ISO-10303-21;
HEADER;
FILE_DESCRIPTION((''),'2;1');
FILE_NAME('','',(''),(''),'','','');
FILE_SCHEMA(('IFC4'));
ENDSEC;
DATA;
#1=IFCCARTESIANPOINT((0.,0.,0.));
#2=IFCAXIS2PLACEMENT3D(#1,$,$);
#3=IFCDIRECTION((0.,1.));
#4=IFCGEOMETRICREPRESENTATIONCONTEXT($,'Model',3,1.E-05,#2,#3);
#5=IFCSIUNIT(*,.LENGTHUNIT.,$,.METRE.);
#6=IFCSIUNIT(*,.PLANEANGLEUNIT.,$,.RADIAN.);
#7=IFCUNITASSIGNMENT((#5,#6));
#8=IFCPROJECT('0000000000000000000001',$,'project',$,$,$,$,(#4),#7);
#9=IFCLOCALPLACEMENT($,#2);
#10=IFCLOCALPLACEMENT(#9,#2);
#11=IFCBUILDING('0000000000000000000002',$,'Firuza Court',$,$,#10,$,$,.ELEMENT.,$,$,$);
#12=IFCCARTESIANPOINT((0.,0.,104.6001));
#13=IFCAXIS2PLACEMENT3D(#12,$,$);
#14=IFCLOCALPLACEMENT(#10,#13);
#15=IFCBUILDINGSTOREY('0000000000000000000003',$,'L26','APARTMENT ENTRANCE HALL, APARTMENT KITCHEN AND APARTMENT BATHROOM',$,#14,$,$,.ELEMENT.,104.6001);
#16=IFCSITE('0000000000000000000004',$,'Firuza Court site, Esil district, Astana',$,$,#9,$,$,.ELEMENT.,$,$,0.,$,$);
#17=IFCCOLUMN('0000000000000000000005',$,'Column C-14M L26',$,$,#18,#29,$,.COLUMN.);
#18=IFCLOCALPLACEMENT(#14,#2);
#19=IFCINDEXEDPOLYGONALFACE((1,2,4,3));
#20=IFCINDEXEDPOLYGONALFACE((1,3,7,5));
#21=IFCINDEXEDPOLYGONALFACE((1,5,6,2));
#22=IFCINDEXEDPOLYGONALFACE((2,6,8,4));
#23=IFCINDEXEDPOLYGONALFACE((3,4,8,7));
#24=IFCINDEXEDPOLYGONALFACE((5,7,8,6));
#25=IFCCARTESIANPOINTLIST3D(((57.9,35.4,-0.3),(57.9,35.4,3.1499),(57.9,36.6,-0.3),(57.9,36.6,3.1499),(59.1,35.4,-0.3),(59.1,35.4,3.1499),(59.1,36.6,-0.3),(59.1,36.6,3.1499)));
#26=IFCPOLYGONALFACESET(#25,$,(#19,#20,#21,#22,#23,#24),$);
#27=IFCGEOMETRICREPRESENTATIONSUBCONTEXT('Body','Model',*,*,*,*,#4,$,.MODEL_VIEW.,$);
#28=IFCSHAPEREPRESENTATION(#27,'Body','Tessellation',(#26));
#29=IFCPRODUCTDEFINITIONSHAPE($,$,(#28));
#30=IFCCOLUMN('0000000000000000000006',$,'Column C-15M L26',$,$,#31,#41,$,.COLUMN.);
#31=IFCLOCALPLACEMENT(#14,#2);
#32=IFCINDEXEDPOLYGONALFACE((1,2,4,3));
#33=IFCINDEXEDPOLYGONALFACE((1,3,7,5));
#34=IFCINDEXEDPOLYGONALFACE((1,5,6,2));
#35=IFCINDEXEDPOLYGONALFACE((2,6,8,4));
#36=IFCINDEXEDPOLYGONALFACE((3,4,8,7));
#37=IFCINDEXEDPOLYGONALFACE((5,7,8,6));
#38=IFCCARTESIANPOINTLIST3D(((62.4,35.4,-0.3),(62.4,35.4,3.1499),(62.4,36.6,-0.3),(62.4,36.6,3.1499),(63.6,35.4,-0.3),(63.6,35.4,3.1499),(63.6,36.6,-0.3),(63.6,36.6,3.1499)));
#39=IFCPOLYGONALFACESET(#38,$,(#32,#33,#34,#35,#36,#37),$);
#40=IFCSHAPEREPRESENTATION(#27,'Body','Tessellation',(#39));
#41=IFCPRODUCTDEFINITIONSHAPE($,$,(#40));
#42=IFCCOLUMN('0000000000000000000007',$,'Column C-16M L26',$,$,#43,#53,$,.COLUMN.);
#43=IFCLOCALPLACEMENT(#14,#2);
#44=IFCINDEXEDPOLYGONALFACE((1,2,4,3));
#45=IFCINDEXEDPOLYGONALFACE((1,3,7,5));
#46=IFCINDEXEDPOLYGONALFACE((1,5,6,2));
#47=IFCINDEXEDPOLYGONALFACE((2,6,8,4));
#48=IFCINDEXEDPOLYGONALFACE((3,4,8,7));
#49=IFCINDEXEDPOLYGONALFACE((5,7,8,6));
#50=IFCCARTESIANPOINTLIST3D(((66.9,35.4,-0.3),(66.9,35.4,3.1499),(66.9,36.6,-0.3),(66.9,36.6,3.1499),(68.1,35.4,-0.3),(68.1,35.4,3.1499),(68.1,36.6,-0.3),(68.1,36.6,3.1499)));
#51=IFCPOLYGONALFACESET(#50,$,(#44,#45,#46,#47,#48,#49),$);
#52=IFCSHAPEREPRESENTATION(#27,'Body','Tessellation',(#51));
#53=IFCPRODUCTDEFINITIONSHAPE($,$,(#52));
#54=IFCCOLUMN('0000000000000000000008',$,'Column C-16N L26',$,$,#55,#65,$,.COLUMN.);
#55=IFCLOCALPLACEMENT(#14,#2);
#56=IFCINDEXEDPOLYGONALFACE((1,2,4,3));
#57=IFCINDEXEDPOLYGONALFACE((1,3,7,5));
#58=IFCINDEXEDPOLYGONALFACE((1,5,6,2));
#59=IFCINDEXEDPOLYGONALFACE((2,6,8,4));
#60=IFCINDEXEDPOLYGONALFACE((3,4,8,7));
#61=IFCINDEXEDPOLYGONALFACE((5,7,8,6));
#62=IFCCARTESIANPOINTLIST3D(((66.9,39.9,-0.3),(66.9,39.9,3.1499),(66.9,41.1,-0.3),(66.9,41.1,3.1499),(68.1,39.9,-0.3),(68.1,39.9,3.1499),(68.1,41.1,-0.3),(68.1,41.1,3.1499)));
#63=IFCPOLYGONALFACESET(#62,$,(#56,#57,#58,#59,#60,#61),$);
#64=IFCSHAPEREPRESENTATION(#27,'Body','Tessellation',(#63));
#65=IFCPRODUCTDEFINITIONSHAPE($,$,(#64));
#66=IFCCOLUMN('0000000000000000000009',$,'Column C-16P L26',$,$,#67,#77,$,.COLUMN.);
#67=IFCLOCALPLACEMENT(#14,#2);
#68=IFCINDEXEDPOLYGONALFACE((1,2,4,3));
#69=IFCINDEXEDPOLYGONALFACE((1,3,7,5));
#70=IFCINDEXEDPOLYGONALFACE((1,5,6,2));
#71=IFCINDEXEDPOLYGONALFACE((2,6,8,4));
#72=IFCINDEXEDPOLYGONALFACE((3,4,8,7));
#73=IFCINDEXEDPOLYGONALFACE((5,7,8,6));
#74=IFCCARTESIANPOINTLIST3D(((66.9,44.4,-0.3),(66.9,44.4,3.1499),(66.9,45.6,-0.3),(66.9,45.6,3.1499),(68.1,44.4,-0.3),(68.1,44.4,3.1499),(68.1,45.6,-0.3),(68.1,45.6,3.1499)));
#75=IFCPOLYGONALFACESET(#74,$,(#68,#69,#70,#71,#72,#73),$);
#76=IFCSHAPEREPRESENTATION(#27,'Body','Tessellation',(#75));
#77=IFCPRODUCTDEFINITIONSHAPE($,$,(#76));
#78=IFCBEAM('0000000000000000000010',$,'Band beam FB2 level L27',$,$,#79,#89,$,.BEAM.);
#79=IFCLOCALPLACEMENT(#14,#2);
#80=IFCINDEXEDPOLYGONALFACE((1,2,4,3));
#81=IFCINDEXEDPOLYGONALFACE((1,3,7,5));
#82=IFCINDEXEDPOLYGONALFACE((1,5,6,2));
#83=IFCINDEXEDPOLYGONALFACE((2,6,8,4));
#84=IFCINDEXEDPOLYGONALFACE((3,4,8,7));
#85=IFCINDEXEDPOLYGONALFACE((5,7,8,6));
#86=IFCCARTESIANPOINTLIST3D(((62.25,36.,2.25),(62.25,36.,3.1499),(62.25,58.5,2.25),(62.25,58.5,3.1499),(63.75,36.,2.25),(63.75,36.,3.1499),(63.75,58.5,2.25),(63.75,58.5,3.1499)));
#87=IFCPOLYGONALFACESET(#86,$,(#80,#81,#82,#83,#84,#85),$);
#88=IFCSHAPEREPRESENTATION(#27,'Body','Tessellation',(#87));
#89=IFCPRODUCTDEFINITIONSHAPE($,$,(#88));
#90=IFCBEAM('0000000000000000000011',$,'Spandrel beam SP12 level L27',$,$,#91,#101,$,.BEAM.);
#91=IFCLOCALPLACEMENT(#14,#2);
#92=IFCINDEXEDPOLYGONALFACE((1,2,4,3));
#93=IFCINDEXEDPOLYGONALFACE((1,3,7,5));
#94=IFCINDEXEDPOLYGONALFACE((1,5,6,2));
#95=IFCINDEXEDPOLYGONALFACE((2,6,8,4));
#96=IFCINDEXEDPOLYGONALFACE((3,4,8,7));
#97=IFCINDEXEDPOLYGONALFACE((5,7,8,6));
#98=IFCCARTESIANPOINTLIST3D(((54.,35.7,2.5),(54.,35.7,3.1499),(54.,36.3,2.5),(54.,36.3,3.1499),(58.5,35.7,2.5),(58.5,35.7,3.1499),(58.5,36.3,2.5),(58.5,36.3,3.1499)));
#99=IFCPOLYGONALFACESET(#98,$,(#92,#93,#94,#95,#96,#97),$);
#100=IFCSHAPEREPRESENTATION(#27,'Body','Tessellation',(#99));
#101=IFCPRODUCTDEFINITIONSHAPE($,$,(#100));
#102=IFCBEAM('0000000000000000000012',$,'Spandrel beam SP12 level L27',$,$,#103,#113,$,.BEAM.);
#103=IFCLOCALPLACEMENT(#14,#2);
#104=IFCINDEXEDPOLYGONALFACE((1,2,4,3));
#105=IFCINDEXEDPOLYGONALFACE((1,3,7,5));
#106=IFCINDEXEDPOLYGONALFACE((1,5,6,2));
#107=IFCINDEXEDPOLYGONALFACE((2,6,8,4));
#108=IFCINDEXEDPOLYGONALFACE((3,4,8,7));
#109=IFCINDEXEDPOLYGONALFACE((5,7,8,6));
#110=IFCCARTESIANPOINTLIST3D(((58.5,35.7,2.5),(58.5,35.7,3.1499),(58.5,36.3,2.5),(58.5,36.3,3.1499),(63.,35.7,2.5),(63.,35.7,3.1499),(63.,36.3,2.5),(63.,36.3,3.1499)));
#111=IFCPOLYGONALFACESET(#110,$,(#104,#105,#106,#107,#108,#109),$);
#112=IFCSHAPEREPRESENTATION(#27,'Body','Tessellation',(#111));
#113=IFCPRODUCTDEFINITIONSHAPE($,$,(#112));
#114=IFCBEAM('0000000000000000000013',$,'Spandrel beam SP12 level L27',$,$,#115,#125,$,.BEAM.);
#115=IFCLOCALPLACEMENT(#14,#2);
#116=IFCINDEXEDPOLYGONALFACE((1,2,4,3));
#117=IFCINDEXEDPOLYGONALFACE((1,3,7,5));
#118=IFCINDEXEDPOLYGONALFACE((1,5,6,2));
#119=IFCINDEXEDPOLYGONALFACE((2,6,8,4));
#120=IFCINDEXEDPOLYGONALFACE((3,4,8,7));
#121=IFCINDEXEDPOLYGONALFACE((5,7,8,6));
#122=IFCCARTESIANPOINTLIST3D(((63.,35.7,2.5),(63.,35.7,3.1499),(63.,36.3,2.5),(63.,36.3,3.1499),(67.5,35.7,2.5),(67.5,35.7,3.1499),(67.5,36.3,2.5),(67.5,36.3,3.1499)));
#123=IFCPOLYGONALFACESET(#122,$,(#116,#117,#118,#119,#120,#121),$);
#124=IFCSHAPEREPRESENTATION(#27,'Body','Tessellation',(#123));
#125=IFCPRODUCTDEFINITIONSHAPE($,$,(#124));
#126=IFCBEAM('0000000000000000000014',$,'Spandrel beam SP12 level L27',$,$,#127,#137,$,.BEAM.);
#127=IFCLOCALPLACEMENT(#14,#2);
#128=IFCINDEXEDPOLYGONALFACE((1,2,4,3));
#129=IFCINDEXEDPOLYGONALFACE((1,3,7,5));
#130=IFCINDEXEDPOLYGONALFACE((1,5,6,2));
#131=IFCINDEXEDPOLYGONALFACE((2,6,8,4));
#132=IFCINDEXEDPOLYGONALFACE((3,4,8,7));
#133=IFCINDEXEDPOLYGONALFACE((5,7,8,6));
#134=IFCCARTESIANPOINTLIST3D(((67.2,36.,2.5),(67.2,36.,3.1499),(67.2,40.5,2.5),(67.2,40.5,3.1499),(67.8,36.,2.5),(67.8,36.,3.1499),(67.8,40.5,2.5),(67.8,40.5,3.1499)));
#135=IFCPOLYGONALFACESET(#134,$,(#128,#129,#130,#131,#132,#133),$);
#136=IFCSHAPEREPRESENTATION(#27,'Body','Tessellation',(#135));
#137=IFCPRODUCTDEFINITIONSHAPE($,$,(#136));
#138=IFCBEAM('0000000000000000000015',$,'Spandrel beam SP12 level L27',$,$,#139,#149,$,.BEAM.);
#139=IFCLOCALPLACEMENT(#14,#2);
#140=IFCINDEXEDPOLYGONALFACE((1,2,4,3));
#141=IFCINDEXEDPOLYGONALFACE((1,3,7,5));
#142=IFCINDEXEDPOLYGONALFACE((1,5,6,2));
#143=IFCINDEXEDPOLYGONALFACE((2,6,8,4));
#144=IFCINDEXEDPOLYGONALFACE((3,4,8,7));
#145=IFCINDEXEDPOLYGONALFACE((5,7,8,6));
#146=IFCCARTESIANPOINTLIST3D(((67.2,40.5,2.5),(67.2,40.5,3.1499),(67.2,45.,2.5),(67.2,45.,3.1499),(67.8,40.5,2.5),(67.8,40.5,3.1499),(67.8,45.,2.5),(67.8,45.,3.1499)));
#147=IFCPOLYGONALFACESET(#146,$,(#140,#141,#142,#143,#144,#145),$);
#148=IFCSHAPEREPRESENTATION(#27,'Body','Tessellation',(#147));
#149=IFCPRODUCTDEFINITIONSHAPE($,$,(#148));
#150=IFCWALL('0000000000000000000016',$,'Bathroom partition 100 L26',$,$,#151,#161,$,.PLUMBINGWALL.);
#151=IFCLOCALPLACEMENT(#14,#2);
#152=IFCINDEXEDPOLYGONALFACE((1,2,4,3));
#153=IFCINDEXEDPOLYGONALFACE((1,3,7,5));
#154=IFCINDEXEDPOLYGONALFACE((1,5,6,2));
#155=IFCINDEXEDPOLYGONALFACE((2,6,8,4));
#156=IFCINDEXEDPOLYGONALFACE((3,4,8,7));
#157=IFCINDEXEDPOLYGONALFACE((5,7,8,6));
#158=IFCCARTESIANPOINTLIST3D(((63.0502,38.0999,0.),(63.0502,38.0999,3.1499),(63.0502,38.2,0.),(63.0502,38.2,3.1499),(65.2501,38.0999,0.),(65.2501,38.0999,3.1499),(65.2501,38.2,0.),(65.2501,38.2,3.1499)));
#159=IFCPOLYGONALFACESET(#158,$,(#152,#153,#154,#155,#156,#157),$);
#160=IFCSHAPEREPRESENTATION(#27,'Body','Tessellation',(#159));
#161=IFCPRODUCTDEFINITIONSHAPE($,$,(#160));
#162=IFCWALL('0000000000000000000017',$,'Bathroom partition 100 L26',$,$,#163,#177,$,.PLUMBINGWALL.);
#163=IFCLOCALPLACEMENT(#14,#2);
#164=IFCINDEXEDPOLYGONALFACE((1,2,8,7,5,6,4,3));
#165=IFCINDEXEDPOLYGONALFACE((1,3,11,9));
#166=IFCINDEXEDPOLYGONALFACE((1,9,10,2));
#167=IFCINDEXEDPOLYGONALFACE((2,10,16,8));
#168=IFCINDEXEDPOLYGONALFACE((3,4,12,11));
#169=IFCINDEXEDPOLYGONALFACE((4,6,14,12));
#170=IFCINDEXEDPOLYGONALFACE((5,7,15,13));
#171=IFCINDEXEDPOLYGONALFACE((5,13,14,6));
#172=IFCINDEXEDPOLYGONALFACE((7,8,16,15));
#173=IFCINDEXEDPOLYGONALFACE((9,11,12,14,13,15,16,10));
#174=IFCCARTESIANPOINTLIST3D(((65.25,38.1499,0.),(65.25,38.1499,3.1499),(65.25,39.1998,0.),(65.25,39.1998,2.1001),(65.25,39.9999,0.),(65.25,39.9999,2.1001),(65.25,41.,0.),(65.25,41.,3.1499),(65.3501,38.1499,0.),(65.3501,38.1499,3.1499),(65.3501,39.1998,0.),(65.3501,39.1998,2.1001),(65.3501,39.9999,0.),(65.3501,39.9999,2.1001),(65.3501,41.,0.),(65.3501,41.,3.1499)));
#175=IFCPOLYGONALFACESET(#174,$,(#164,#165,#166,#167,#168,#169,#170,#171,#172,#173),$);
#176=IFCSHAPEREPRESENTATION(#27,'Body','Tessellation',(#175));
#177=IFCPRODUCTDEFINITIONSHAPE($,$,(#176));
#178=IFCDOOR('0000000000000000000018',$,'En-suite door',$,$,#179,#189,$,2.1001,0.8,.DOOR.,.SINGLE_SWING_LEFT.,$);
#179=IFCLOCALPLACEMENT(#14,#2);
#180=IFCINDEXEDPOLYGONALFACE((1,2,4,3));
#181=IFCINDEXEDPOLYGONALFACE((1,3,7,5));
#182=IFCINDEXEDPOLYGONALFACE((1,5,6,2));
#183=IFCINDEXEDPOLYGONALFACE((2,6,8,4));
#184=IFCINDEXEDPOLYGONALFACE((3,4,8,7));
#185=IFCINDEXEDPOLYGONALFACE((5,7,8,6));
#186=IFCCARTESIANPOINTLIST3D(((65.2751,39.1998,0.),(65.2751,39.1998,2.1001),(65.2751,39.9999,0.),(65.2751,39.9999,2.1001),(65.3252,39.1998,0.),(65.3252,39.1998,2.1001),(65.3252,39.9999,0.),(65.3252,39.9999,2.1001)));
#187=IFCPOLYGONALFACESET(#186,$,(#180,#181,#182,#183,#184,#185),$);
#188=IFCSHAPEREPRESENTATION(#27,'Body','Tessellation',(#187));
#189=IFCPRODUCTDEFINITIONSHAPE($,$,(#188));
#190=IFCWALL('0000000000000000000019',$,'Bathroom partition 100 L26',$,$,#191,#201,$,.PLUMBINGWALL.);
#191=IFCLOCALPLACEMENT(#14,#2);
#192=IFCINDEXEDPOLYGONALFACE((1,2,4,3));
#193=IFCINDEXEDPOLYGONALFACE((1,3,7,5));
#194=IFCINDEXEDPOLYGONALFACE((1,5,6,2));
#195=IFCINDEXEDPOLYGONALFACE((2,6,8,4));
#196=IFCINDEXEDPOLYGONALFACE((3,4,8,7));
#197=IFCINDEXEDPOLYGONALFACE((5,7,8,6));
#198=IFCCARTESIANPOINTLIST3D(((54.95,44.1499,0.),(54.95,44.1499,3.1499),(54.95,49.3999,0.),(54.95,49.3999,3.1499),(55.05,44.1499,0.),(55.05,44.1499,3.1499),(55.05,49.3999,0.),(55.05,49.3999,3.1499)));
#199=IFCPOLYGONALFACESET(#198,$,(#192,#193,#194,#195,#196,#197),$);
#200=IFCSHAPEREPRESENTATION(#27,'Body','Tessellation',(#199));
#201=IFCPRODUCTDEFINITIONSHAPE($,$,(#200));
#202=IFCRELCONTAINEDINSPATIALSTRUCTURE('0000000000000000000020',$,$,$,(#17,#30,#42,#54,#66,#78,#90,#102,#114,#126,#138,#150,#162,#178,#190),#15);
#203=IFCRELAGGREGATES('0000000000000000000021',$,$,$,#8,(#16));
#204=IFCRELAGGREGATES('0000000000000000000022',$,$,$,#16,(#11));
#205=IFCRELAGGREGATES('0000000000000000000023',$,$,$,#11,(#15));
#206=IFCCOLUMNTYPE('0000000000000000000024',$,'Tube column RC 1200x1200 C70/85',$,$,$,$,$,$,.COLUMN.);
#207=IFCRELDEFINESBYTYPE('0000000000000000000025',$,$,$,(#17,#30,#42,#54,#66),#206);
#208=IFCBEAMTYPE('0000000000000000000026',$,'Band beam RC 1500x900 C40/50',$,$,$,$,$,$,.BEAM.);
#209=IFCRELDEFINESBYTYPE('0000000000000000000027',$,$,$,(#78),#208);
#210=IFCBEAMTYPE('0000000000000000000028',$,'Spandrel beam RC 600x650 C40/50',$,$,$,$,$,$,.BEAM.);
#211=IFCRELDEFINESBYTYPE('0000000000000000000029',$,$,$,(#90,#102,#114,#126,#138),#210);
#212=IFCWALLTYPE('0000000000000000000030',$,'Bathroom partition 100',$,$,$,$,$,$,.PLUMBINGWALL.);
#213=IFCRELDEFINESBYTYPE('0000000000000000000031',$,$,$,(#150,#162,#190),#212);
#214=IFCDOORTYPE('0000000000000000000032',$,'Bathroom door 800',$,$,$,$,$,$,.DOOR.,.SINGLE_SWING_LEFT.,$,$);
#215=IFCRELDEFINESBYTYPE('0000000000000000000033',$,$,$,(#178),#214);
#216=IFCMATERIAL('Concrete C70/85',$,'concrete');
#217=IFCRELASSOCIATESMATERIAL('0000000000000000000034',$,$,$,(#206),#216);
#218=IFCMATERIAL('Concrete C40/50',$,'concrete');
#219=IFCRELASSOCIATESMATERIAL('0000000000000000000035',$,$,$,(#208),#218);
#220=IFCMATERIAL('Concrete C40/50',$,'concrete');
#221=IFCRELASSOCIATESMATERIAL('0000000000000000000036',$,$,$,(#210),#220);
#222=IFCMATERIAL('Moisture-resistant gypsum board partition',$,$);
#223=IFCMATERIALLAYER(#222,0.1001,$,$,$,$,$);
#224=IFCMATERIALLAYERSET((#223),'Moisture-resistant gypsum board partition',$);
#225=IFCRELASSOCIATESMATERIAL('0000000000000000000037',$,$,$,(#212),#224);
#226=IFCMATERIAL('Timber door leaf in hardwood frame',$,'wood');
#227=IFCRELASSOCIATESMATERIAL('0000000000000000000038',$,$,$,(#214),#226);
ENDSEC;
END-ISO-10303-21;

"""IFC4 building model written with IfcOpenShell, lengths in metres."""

from ifc_helpers import new_model, si_unit, direction, frame, frame_2d, origin, origin_2d, place, context, subcontext, project, spatial, rectangle, extrude, material, layer, layer_set, material_profile, profile_set, type_object, element, fill, save


model = new_model("IFC4")

# Units and contexts
model_context = context("Model", 3, precision=1e-05, world=origin(), true_north=direction((0.0, 1.0)))
body_context = subcontext(model_context, "Body", "Model", "MODEL_VIEW")
ifc_project = project(units=[si_unit("LENGTHUNIT", "METRE"), si_unit("PLANEANGLEUNIT", "RADIAN")], contexts=[model_context])

# Site, building, storey
site_placement = place(None, origin())
site = spatial("IfcSite", under=ifc_project, at=site_placement, Name="Firuza Court site, Esil district, Astana", CompositionType="ELEMENT", RefElevation=0.0)
building_placement = place(site_placement, origin())
building = spatial("IfcBuilding", under=site, at=building_placement, Name="Firuza Court", CompositionType="ELEMENT")
storey_placement = place(building_placement, frame((0.0, 0.0, 104.6001)))
storey = spatial("IfcBuildingStorey", under=building, at=storey_placement, Name="L26", Description="APARTMENT ENTRANCE HALL, APARTMENT KITCHEN AND APARTMENT BATHROOM", CompositionType="ELEMENT", Elevation=104.6001)

# Columns
ifc_material_1 = material(Name="Concrete C70/85", Category="concrete")
ifc_material_profile_1 = material_profile(ifc_material_1, rectangle(XDim=1.2, YDim=1.2, at=origin_2d()), Name="RC 1200x1200")
ifc_profile_set_1 = profile_set([ifc_material_profile_1], Name="Concrete C70/85")
column_type = type_object("IfcColumnType", Name="Tube column RC 1200x1200 C70/85", PredefinedType="COLUMN", material=ifc_profile_set_1)
for number, where, z_axis, x_axis, name in (
    (1, (58.5, 36.0, -0.3), (0.0, 0.0, 1.0), (1.0, 0.0, 0.0), "Column C-14M L26"),
    (2, (63.0, 36.0, -0.3), (0.0, 0.0, 1.0), (1.0, 0.0, 0.0), "Column C-15M L26"),
    (3, (67.5, 36.0, -0.3), (0.0, 0.0, 1.0), (1.0, 0.0, 0.0), "Column C-16M L26"),
    (4, (67.5, 40.5, -0.3), (0.0, 0.0, 1.0), (1.0, 0.0, 0.0), "Column C-16N L26"),
    (5, (67.5, 45.0, -0.3), (0.0, 0.0, 1.0), (1.0, 0.0, 0.0), "Column C-16P L26"),
):
    element("IfcColumn", number, at=place(storey_placement, frame(where, z_axis=z_axis, x_axis=x_axis)), inside=storey, type_object=column_type, Name=name, PredefinedType="COLUMN", context=body_context, shape_type="SweptSolid", body=[
        extrude(rectangle(XDim=1.2, YDim=1.2, at=origin_2d()), origin(), (0.0, 0.0, 1.0), 3.45),
    ])

# Beams
ifc_material_2 = material(Name="Concrete C40/50", Category="concrete")
ifc_material_profile_2 = material_profile(ifc_material_2, rectangle(XDim=1.5, YDim=0.8999, at=origin_2d()), Name="RC 1500x900")
ifc_profile_set_2 = profile_set([ifc_material_profile_2], Name="Concrete C40/50")
beam_type_1 = type_object("IfcBeamType", Name="Band beam RC 1500x900 C40/50", PredefinedType="BEAM", material=ifc_profile_set_2)
beam_placement = place(storey_placement, frame((63.0, 36.0, 2.7), z_axis=(0.0, 1.0, 0.0), x_axis=(-1.0, 0.0, 0.0)))
element("IfcBeam", 6, at=beam_placement, inside=storey, type_object=beam_type_1, Name="Band beam FB2 level L27", PredefinedType="BEAM", context=body_context, shape_type="SweptSolid", body=[
    extrude(rectangle(XDim=1.5, YDim=0.8999, at=origin_2d()), origin(), (0.0, 0.0, 1.0), 22.5),
])
ifc_material_3 = material(Name="Concrete C40/50", Category="concrete")
ifc_material_profile_3 = material_profile(ifc_material_3, rectangle(XDim=0.6001, YDim=0.6499, at=origin_2d()), Name="RC 600x650")
ifc_profile_set_3 = profile_set([ifc_material_profile_3], Name="Concrete C40/50")
beam_type_2 = type_object("IfcBeamType", Name="Spandrel beam RC 600x650 C40/50", PredefinedType="BEAM", material=ifc_profile_set_3)
for number, where, z_axis, x_axis, name in (
    (7, (54.0, 36.0, 2.825), (1.0, 0.0, 0.0), (0.0, 1.0, 0.0), "Spandrel beam SP12 level L27"),
    (8, (58.5, 36.0, 2.825), (1.0, 0.0, 0.0), (0.0, 1.0, 0.0), "Spandrel beam SP12 level L27"),
    (9, (63.0, 36.0, 2.825), (1.0, 0.0, 0.0), (0.0, 1.0, 0.0), "Spandrel beam SP12 level L27"),
    (10, (67.5, 36.0, 2.825), (0.0, 1.0, 0.0), (-1.0, 0.0, 0.0), "Spandrel beam SP12 level L27"),
    (11, (67.5, 40.5, 2.825), (0.0, 1.0, 0.0), (-1.0, 0.0, 0.0), "Spandrel beam SP12 level L27"),
):
    element("IfcBeam", number, at=place(storey_placement, frame(where, z_axis=z_axis, x_axis=x_axis)), inside=storey, type_object=beam_type_2, Name=name, PredefinedType="BEAM", context=body_context, shape_type="SweptSolid", body=[
        extrude(rectangle(XDim=0.6001, YDim=0.6499, at=origin_2d()), origin(), (0.0, 0.0, 1.0), 4.5),
    ])

# Wall
ifc_material_4 = material(Name="Moisture-resistant gypsum board partition")
ifc_layer_1 = layer(ifc_material_4, 0.1001)
ifc_layer_set_1 = layer_set([ifc_layer_1], Name="Moisture-resistant gypsum board partition")
wall_type_1 = type_object("IfcWallType", Name="Bathroom partition 100", PredefinedType="PLUMBINGWALL", material=ifc_layer_set_1)
wall_1_placement = place(storey_placement, frame((63.05, 38.1499, 0.0), z_axis=(0.0, 0.0, 1.0), x_axis=(1.0, 0.0, 0.0)))
element("IfcWall", 12, at=wall_1_placement, inside=storey, type_object=wall_type_1, Name="Bathroom partition 100 L26", PredefinedType="PLUMBINGWALL", context=body_context, shape_type="SweptSolid", body=[
    extrude(rectangle(XDim=2.2, YDim=0.1001, at=frame_2d((1.1001, 0.0))), origin(), (0.0, 0.0, 1.0), 3.1499),
])

# Wall, opening, door
wall_2_placement = place(storey_placement, frame((65.3, 38.1499, 0.0), z_axis=(0.0, 0.0, 1.0), x_axis=(0.0, 1.0, 0.0)))
wall_2 = element("IfcWall", 13, at=wall_2_placement, inside=storey, type_object=wall_type_1, Name="Bathroom partition 100 L26", PredefinedType="PLUMBINGWALL", context=body_context, shape_type="SweptSolid", body=[
    extrude(rectangle(XDim=2.8501, YDim=0.1001, at=frame_2d((1.425, 0.0))), origin(), (0.0, 0.0, 1.0), 3.1499),
])
opening_1_placement = place(wall_2_placement, frame((1.05, 0.0, 0.0)))
opening_1 = element("IfcOpeningElement", 14, at=opening_1_placement, cuts=wall_2, PredefinedType="OPENING", context=body_context, shape_type="SweptSolid", body=[
    extrude(rectangle(XDim=0.8, YDim=2.1001, at=frame_2d((0.3999, 1.05))), frame((0.0, 0.062, 0.0), z_axis=(0.0, -1.0, 0.0), x_axis=(1.0, 0.0, 0.0)), (0.0, 0.0, 1.0), 0.124),
])
ifc_material_5 = material(Name="Timber door leaf in hardwood frame", Category="wood")
door_type = type_object("IfcDoorType", Name="Bathroom door 800", OperationType="SINGLE_SWING_LEFT", PredefinedType="DOOR", material=ifc_material_5)
door_placement = place(opening_1_placement, origin())
door = element("IfcDoor", 15, at=door_placement, inside=storey, type_object=door_type, Name="En-suite door", OperationType="SINGLE_SWING_LEFT", OverallHeight=2.1001, OverallWidth=0.8, PredefinedType="DOOR", context=body_context, shape_type="SweptSolid", body=[
    extrude(rectangle(XDim=0.8, YDim=2.1001, at=frame_2d((0.3999, 1.05))), frame((0.0, 0.0249, 0.0), z_axis=(0.0, -1.0, 0.0), x_axis=(1.0, 0.0, 0.0)), (0.0, 0.0, 1.0), 0.05),
])
fill(opening_1, door)

# Wall
wall_3_placement = place(storey_placement, frame((55.0, 44.1499, 0.0), z_axis=(0.0, 0.0, 1.0), x_axis=(0.0, 1.0, 0.0)))
element("IfcWall", 16, at=wall_3_placement, inside=storey, type_object=wall_type_1, Name="Bathroom partition 100 L26", PredefinedType="PLUMBINGWALL", context=body_context, shape_type="SweptSolid", body=[
    extrude(rectangle(XDim=5.25, YDim=0.1001, at=frame_2d((2.625, 0.0))), origin(), (0.0, 0.0, 1.0), 3.1499),
])

save(model, "model.ifc")
